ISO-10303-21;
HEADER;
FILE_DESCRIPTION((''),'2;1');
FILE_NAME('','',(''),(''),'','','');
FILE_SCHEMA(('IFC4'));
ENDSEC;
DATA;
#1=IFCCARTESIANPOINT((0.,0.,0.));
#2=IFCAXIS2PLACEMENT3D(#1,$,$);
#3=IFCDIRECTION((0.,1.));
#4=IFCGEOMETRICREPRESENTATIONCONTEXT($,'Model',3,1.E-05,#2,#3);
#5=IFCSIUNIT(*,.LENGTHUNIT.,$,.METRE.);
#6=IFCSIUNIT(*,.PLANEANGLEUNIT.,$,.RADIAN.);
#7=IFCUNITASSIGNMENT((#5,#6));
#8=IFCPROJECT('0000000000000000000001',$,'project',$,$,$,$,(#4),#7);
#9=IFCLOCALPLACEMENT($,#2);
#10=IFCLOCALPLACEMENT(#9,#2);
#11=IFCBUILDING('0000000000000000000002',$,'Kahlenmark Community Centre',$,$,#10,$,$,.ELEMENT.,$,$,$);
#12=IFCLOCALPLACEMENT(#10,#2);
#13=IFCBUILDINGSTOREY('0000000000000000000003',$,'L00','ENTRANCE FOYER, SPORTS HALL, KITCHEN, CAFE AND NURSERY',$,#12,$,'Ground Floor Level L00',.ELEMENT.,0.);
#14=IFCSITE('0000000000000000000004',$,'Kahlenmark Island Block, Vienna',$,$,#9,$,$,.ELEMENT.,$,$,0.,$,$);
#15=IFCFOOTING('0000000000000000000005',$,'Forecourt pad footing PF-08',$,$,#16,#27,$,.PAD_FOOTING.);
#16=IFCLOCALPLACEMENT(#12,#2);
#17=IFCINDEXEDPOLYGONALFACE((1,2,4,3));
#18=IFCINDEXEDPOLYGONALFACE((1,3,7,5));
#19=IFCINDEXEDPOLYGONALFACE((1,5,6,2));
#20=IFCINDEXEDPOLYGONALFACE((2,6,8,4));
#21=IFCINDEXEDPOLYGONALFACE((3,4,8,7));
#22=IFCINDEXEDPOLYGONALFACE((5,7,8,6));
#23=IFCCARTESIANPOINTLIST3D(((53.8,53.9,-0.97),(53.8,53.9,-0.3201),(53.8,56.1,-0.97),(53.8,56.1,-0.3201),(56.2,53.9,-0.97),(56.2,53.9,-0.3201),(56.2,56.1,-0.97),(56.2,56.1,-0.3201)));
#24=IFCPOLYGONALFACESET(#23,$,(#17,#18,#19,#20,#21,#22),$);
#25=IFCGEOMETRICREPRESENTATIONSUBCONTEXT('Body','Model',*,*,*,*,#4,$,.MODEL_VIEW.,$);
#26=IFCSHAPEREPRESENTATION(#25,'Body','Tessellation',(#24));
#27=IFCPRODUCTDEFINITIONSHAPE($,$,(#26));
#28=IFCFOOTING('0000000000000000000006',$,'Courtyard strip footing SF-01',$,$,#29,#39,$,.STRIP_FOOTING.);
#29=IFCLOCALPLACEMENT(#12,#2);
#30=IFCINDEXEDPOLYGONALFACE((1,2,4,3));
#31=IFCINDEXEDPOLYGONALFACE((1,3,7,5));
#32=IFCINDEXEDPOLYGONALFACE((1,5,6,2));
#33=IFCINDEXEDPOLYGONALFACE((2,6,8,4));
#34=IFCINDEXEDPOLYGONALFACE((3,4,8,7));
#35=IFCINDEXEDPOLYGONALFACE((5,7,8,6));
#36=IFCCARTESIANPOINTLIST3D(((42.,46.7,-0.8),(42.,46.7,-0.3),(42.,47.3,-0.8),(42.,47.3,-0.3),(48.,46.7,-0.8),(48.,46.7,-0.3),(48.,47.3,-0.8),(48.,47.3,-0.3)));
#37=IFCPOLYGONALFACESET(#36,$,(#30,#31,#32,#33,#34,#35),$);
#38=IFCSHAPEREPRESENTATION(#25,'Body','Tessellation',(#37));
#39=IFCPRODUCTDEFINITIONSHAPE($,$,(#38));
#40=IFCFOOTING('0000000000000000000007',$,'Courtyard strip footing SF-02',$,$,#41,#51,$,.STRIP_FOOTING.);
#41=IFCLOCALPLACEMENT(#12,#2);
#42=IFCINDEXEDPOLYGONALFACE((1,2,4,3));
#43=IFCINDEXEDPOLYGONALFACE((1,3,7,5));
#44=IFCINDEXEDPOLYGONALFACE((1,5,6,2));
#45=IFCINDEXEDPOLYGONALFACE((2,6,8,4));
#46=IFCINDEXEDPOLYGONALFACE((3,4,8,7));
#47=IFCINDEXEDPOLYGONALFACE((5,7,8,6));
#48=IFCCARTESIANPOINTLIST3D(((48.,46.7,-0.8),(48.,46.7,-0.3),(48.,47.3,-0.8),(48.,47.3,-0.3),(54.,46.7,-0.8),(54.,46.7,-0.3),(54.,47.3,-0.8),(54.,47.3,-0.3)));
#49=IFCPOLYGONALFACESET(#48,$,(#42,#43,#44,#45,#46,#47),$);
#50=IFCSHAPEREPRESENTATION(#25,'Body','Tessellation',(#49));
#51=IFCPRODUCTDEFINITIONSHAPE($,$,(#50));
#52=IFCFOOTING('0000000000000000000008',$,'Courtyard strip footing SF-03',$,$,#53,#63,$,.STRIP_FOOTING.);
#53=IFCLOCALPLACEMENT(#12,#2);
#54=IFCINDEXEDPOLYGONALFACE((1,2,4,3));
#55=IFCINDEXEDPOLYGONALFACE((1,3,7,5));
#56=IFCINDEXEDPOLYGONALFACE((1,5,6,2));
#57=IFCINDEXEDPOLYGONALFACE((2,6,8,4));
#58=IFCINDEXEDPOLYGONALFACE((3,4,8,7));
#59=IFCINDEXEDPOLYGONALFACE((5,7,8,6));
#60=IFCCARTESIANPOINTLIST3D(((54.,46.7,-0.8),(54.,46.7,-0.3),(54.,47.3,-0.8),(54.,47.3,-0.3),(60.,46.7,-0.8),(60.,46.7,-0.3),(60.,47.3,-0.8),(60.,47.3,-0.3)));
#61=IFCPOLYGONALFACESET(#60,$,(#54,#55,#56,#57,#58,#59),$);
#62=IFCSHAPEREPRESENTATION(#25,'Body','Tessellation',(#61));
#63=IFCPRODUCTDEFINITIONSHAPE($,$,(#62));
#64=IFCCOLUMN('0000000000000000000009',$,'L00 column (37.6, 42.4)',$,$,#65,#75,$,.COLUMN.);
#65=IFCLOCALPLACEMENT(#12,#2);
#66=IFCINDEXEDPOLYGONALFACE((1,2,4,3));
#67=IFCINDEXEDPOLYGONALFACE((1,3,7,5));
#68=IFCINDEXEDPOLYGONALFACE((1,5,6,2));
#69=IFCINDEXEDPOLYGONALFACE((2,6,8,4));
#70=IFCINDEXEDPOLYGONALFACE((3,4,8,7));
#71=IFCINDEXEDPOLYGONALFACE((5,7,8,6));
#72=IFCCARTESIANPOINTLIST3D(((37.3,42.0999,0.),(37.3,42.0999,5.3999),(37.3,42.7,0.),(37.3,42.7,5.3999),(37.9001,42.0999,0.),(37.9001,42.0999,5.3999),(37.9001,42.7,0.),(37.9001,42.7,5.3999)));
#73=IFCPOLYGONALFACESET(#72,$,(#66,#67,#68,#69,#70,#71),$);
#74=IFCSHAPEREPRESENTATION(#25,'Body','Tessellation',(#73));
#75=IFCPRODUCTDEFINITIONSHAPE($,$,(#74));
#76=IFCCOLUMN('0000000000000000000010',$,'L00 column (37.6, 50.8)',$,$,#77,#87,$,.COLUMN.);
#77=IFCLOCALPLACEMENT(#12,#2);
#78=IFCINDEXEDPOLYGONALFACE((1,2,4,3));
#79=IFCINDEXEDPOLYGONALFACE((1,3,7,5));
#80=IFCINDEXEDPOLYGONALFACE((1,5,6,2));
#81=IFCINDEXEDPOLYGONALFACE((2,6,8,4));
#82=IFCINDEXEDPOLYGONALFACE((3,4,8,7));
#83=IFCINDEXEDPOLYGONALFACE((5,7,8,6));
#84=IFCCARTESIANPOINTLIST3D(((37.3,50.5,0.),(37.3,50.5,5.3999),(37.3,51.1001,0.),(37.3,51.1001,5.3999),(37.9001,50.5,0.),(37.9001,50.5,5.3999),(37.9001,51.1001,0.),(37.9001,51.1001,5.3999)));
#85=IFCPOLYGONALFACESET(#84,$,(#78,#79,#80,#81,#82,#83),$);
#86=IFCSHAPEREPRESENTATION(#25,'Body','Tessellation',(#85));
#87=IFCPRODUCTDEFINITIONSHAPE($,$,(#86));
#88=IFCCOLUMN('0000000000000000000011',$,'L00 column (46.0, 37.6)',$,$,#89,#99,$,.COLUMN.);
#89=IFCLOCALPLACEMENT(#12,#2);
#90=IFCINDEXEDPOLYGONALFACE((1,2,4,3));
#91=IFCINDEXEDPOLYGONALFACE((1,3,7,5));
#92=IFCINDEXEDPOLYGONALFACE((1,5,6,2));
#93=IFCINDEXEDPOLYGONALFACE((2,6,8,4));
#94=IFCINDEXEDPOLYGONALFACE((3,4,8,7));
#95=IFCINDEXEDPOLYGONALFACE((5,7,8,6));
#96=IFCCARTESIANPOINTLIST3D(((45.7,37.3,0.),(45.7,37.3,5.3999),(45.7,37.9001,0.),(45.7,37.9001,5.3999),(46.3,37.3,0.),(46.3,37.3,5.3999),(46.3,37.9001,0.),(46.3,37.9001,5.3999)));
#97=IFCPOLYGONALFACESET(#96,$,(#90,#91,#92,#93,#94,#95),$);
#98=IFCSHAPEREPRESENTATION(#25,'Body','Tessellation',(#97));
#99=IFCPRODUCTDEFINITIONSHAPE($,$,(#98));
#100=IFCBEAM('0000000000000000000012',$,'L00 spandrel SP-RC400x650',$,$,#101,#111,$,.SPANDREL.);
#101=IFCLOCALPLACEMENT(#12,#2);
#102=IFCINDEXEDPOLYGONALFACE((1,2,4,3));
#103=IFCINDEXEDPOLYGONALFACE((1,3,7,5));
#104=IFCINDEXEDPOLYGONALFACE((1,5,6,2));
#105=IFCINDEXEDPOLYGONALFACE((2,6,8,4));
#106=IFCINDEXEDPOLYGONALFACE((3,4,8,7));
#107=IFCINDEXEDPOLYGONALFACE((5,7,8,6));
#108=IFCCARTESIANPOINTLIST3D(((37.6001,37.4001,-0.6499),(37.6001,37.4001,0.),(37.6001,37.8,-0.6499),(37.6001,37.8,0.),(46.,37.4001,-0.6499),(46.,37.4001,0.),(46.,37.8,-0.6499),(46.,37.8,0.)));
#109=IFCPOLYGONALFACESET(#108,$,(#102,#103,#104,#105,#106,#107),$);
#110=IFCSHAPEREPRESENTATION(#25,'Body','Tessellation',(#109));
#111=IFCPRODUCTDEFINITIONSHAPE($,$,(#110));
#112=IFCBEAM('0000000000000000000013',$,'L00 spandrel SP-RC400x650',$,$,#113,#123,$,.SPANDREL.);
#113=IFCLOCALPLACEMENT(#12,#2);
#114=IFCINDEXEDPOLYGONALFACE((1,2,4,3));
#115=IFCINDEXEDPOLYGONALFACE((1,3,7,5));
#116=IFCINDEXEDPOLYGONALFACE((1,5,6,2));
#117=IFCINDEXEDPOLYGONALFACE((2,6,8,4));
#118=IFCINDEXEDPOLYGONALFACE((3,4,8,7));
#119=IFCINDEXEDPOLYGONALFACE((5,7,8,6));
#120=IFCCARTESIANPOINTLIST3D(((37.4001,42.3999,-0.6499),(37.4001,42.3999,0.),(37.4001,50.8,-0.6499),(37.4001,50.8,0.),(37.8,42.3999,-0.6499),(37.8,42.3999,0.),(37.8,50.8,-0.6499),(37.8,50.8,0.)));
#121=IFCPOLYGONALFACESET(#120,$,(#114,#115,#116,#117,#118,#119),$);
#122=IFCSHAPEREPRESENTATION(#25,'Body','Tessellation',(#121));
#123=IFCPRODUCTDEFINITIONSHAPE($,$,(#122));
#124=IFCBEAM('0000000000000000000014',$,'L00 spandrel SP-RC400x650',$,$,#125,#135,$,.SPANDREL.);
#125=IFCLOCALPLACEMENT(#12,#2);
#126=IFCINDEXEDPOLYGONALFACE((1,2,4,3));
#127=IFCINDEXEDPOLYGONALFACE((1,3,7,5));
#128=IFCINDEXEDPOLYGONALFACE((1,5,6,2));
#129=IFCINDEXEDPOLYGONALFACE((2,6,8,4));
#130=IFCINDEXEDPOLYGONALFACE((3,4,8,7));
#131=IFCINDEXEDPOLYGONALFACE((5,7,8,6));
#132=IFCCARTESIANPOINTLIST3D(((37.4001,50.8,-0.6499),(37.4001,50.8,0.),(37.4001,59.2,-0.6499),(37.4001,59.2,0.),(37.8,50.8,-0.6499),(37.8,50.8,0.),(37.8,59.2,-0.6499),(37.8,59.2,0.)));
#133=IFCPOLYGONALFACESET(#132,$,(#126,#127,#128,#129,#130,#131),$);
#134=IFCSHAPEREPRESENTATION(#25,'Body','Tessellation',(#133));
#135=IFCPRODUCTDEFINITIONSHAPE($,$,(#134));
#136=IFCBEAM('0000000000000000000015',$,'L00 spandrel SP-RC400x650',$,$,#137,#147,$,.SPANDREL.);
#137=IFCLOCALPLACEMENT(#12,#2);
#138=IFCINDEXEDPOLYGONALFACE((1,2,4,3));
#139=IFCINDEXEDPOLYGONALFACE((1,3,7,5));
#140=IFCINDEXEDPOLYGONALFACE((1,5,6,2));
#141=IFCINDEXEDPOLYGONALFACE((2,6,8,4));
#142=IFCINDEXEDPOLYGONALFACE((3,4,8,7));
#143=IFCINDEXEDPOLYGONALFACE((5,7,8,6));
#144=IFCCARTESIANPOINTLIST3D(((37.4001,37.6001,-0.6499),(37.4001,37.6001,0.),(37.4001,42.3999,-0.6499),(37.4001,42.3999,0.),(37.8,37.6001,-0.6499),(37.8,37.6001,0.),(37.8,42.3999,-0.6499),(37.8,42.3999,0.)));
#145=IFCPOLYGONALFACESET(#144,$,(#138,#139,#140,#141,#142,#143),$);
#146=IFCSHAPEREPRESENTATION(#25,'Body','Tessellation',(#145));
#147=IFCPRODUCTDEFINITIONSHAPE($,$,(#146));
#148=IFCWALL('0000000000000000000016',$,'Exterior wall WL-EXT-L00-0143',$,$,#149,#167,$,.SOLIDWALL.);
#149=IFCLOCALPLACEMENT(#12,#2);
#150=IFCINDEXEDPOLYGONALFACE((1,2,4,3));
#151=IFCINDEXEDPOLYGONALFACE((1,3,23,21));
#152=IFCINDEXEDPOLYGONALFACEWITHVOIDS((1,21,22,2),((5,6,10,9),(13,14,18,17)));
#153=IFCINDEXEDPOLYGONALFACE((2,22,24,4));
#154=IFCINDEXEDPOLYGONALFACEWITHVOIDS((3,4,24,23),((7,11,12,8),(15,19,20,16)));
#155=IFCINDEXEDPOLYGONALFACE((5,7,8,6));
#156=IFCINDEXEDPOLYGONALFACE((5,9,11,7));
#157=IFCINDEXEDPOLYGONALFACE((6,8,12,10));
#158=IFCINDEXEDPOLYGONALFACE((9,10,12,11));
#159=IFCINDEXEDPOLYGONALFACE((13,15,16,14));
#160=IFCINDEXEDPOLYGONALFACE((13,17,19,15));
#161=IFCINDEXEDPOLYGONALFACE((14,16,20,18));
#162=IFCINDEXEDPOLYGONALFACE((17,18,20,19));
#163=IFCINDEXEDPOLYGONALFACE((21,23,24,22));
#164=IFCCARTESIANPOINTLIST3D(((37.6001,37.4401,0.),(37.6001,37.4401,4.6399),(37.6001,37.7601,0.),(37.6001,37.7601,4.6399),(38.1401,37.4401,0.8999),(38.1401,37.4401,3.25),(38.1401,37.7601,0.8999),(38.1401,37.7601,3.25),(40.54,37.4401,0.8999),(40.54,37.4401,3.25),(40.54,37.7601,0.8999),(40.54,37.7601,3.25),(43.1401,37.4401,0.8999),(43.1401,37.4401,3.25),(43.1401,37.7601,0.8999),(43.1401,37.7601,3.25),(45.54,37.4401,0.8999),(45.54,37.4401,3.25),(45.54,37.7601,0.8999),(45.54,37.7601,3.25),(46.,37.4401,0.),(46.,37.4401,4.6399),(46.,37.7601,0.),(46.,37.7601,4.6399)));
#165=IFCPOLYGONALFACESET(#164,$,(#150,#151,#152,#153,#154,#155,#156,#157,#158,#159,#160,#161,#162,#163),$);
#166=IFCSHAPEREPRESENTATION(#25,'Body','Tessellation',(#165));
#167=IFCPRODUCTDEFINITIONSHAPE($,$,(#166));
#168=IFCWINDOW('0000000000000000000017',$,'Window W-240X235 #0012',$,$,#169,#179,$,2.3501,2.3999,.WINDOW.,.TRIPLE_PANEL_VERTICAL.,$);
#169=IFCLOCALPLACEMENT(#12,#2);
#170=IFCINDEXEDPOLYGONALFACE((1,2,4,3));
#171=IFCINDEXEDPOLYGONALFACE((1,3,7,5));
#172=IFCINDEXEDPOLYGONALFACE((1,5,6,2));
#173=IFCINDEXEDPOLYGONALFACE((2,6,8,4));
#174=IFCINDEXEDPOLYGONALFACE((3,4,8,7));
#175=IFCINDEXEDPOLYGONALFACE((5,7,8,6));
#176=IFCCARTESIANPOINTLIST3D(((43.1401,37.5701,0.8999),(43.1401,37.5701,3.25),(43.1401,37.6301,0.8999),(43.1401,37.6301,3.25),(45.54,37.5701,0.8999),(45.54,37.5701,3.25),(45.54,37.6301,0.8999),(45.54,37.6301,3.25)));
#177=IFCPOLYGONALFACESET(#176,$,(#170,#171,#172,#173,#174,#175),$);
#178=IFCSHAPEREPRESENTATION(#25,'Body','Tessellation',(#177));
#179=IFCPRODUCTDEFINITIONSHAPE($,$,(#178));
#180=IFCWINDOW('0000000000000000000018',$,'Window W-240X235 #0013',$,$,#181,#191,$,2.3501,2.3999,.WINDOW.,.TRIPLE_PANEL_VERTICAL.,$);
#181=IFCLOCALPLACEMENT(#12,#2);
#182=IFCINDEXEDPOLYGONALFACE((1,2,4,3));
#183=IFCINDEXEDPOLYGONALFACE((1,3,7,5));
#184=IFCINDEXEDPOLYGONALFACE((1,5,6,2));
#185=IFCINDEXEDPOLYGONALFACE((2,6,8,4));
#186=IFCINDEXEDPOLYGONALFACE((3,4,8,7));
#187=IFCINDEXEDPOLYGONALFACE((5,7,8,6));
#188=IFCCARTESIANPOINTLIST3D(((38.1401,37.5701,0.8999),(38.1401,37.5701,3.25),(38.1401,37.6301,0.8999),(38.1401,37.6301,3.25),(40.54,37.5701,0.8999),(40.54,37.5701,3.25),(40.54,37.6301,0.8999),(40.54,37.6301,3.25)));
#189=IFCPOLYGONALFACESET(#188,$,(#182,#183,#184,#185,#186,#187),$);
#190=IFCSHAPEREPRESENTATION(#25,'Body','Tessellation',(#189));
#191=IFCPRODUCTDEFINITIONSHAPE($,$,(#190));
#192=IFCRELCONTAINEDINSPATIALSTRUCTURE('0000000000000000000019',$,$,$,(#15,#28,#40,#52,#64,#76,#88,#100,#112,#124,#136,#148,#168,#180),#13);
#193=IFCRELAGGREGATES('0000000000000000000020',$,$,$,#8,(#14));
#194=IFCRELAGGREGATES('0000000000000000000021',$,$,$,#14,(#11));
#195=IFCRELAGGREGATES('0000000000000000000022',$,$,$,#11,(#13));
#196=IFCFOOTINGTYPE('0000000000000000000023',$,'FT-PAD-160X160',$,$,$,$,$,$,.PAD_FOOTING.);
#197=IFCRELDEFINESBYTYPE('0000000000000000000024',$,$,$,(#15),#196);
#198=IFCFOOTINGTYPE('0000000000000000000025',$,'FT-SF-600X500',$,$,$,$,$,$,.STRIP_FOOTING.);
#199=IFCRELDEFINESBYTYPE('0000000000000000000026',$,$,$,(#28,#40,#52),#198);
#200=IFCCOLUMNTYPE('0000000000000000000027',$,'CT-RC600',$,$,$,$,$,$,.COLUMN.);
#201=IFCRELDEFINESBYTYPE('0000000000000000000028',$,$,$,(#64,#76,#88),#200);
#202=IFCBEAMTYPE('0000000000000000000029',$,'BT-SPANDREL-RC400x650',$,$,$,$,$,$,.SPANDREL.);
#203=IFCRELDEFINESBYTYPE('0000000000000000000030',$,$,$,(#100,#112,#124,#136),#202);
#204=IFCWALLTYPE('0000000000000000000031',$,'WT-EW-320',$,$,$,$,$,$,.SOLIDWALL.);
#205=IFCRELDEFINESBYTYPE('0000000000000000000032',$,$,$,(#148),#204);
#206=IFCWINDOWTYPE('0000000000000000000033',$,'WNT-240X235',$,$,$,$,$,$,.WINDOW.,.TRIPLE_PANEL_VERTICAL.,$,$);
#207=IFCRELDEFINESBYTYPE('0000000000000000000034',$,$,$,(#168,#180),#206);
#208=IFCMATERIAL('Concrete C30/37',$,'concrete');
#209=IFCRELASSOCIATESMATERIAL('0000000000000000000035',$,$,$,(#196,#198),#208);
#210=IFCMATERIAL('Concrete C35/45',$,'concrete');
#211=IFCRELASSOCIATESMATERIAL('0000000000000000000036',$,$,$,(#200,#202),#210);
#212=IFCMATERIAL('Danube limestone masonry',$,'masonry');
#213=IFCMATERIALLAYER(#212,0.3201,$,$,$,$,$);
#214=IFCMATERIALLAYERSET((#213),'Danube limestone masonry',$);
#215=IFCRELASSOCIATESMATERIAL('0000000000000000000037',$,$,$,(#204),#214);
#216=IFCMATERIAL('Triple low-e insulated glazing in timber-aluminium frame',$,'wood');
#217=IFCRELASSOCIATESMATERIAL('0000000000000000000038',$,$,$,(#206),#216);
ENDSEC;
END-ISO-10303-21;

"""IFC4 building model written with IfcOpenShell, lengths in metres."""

from ifc_helpers import new_model, si_unit, direction, frame, frame_2d, origin, origin_2d, place, context, subcontext, project, spatial, rectangle, extrude, material, layer, layer_set, material_profile, profile_set, type_object, element, fill, save


model = new_model("IFC4")

# Units and contexts
model_context = context("Model", 3, precision=1e-05, world=origin(), true_north=direction((0.0, 1.0)))
body_context = subcontext(model_context, "Body", "Model", "MODEL_VIEW")
ifc_project = project(units=[si_unit("LENGTHUNIT", "METRE"), si_unit("PLANEANGLEUNIT", "RADIAN")], contexts=[model_context])

# Site, building, storey
site_placement = place(None, origin())
site = spatial("IfcSite", under=ifc_project, at=site_placement, Name="Kahlenmark Island Block, Vienna", CompositionType="ELEMENT", RefElevation=0.0)
building_placement = place(site_placement, origin())
building = spatial("IfcBuilding", under=site, at=building_placement, Name="Kahlenmark Community Centre", CompositionType="ELEMENT")
storey_placement = place(building_placement, origin())
storey = spatial("IfcBuildingStorey", under=building, at=storey_placement, Name="L00", Description="ENTRANCE FOYER, SPORTS HALL, KITCHEN, CAFE AND NURSERY", LongName="Ground Floor Level L00", CompositionType="ELEMENT", Elevation=0.0)

# Footings
ifc_material_1 = material(Name="Concrete C30/37", Category="concrete")
footing_type_1 = type_object("IfcFootingType", Name="FT-PAD-160X160", PredefinedType="PAD_FOOTING", material=ifc_material_1)
footing_placement = place(storey_placement, frame((55.0, 55.0, -0.97), z_axis=(0.0, 0.0, 1.0), x_axis=(1.0, 0.0, 0.0)))
element("IfcFooting", 1, at=footing_placement, inside=storey, type_object=footing_type_1, Name="Forecourt pad footing PF-08", PredefinedType="PAD_FOOTING", context=body_context, shape_type="SweptSolid", body=[
    extrude(rectangle(XDim=2.3999, YDim=2.2, at=origin_2d()), origin(), (0.0, 0.0, 1.0), 0.6499),
])
footing_type_2 = type_object("IfcFootingType", Name="FT-SF-600X500", PredefinedType="STRIP_FOOTING", material=ifc_material_1)
for number, where, z_axis, x_axis, name in (
    (2, (45.0, 47.0, -0.8), (0.0, 0.0, 1.0), (1.0, 0.0, 0.0), "Courtyard strip footing SF-01"),
    (3, (51.0, 47.0, -0.8), (0.0, 0.0, 1.0), (1.0, 0.0, 0.0), "Courtyard strip footing SF-02"),
    (4, (57.0, 47.0, -0.8), (0.0, 0.0, 1.0), (1.0, 0.0, 0.0), "Courtyard strip footing SF-03"),
):
    element("IfcFooting", number, at=place(storey_placement, frame(where, z_axis=z_axis, x_axis=x_axis)), inside=storey, type_object=footing_type_2, Name=name, PredefinedType="STRIP_FOOTING", context=body_context, shape_type="SweptSolid", body=[
        extrude(rectangle(XDim=6.0, YDim=0.6001, at=origin_2d()), origin(), (0.0, 0.0, 1.0), 0.5),
    ])

# Columns
ifc_material_2 = material(Name="Concrete C35/45", Category="concrete")
ifc_material_profile_1 = material_profile(ifc_material_2, rectangle(XDim=0.6001, YDim=0.6001, at=origin_2d()), Name="RC 600x600")
ifc_profile_set_1 = profile_set([ifc_material_profile_1], Name="Concrete C35/45")
column_type = type_object("IfcColumnType", Name="CT-RC600", PredefinedType="COLUMN", material=ifc_profile_set_1)
for number, where, z_axis, x_axis, name in (
    (5, (37.6001, 42.3999, 0.0), (0.0, 0.0, 1.0), (1.0, 0.0, 0.0), "L00 column (37.6, 42.4)"),
    (6, (37.6001, 50.8, 0.0), (0.0, 0.0, 1.0), (1.0, 0.0, 0.0), "L00 column (37.6, 50.8)"),
    (7, (46.0, 37.6001, 0.0), (0.0, 0.0, 1.0), (1.0, 0.0, 0.0), "L00 column (46.0, 37.6)"),
):
    element("IfcColumn", number, at=place(storey_placement, frame(where, z_axis=z_axis, x_axis=x_axis)), inside=storey, type_object=column_type, Name=name, PredefinedType="COLUMN", context=body_context, shape_type="SweptSolid", body=[
        extrude(rectangle(XDim=0.6001, YDim=0.6001, at=origin_2d()), origin(), (0.0, 0.0, 1.0), 5.3999),
    ])

# Beams
ifc_material_profile_2 = material_profile(ifc_material_2, rectangle(XDim=0.3999, YDim=0.6499, at=origin_2d()), Name="RC 400x650")
ifc_profile_set_2 = profile_set([ifc_material_profile_2], Name="Concrete C35/45")
beam_type = type_object("IfcBeamType", Name="BT-SPANDREL-RC400x650", PredefinedType="SPANDREL", material=ifc_profile_set_2)
beam_1_placement = place(storey_placement, frame((37.6001, 37.6001, -0.325), z_axis=(1.0, 0.0, 0.0), x_axis=(0.0, 1.0, 0.0)))
element("IfcBeam", 8, at=beam_1_placement, inside=storey, type_object=beam_type, Name="L00 spandrel SP-RC400x650", PredefinedType="SPANDREL", context=body_context, shape_type="SweptSolid", body=[
    extrude(rectangle(XDim=0.3999, YDim=0.6499, at=origin_2d()), origin(), (0.0, 0.0, 1.0), 8.3999),
])
beam_2_placement = place(storey_placement, frame((37.6001, 42.3999, -0.325), z_axis=(0.0, 1.0, 0.0), x_axis=(-1.0, 0.0, 0.0)))
element("IfcBeam", 9, at=beam_2_placement, inside=storey, type_object=beam_type, Name="L00 spandrel SP-RC400x650", PredefinedType="SPANDREL", context=body_context, shape_type="SweptSolid", body=[
    extrude(rectangle(XDim=0.3999, YDim=0.6499, at=origin_2d()), origin(), (0.0, 0.0, 1.0), 8.4001),
])
beam_3_placement = place(storey_placement, frame((37.6001, 50.8, -0.325), z_axis=(0.0, 1.0, 0.0), x_axis=(-1.0, 0.0, 0.0)))
element("IfcBeam", 10, at=beam_3_placement, inside=storey, type_object=beam_type, Name="L00 spandrel SP-RC400x650", PredefinedType="SPANDREL", context=body_context, shape_type="SweptSolid", body=[
    extrude(rectangle(XDim=0.3999, YDim=0.6499, at=origin_2d()), origin(), (0.0, 0.0, 1.0), 8.3999),
])
beam_4_placement = place(storey_placement, frame((37.6001, 37.6001, -0.325), z_axis=(0.0, 1.0, 0.0), x_axis=(-1.0, 0.0, 0.0)))
element("IfcBeam", 11, at=beam_4_placement, inside=storey, type_object=beam_type, Name="L00 spandrel SP-RC400x650", PredefinedType="SPANDREL", context=body_context, shape_type="SweptSolid", body=[
    extrude(rectangle(XDim=0.3999, YDim=0.6499, at=origin_2d()), origin(), (0.0, 0.0, 1.0), 4.7998),
])

# Wall, openings, windows
ifc_material_3 = material(Name="Danube limestone masonry", Category="masonry")
ifc_layer = layer(ifc_material_3, 0.3201)
ifc_layer_set = layer_set([ifc_layer], Name="Danube limestone masonry")
wall_type = type_object("IfcWallType", Name="WT-EW-320", PredefinedType="SOLIDWALL", material=ifc_layer_set)
wall_1_placement = place(storey_placement, frame((46.0, 37.6001, 0.0), z_axis=(0.0, 0.0, 1.0), x_axis=(-1.0, 0.0, 0.0)))
wall_1 = element("IfcWall", 12, at=wall_1_placement, inside=storey, type_object=wall_type, Name="Exterior wall WL-EXT-L00-0143", PredefinedType="SOLIDWALL", context=body_context, shape_type="SweptSolid", body=[
    extrude(rectangle(XDim=8.3999, YDim=0.3201, at=frame_2d((4.2, 0.0))), origin(), (0.0, 0.0, 1.0), 4.6399),
])
opening_1_placement = place(wall_1_placement, frame((0.46, 0.0, 0.8999)))
opening_1 = element("IfcOpeningElement", 13, at=opening_1_placement, cuts=wall_1, PredefinedType="OPENING", context=body_context, shape_type="SweptSolid", body=[
    extrude(rectangle(XDim=2.3999, YDim=2.3501, at=frame_2d((1.2, 1.175))), frame((0.0, 0.1699, 0.0), z_axis=(0.0, -1.0, 0.0), x_axis=(1.0, 0.0, 0.0)), (0.0, 0.0, 1.0), 0.3401),
])
opening_2_placement = place(wall_1_placement, frame((5.46, 0.0, 0.8999)))
opening_2 = element("IfcOpeningElement", 14, at=opening_2_placement, cuts=wall_1, PredefinedType="OPENING", context=body_context, shape_type="SweptSolid", body=[
    extrude(rectangle(XDim=2.3999, YDim=2.3501, at=frame_2d((1.2, 1.175))), frame((0.0, 0.1699, 0.0), z_axis=(0.0, -1.0, 0.0), x_axis=(1.0, 0.0, 0.0)), (0.0, 0.0, 1.0), 0.3401),
])
ifc_material_4 = material(Name="Triple low-e insulated glazing in timber-aluminium frame", Category="wood")
window_type_1 = type_object("IfcWindowType", Name="WNT-240X235", PartitioningType="TRIPLE_PANEL_VERTICAL", PredefinedType="WINDOW", material=ifc_material_4)
window_1_placement = place(opening_1_placement, origin())
window_1 = element("IfcWindow", 15, at=window_1_placement, inside=storey, type_object=window_type_1, Name="Window W-240X235 #0012", OverallHeight=2.3501, OverallWidth=2.3999, PartitioningType="TRIPLE_PANEL_VERTICAL", PredefinedType="WINDOW", context=body_context, shape_type="SweptSolid", body=[
    extrude(rectangle(XDim=2.3999, YDim=2.3501, at=frame_2d((1.2, 1.175))), frame((0.0, 0.03, 0.0), z_axis=(0.0, -1.0, 0.0), x_axis=(1.0, 0.0, 0.0)), (0.0, 0.0, 1.0), 0.0601),
])
fill(opening_1, window_1)
window_2_placement = place(opening_2_placement, origin())
window_2 = element("IfcWindow", 16, at=window_2_placement, inside=storey, type_object=window_type_1, Name="Window W-240X235 #0013", OverallHeight=2.3501, OverallWidth=2.3999, PartitioningType="TRIPLE_PANEL_VERTICAL", PredefinedType="WINDOW", context=body_context, shape_type="SweptSolid", body=[
    extrude(rectangle(XDim=2.3999, YDim=2.3501, at=frame_2d((1.2, 1.175))), frame((0.0, 0.03, 0.0), z_axis=(0.0, -1.0, 0.0), x_axis=(1.0, 0.0, 0.0)), (0.0, 0.0, 1.0), 0.0601),
])
fill(opening_2, window_2)

save(model, "model.ifc")
